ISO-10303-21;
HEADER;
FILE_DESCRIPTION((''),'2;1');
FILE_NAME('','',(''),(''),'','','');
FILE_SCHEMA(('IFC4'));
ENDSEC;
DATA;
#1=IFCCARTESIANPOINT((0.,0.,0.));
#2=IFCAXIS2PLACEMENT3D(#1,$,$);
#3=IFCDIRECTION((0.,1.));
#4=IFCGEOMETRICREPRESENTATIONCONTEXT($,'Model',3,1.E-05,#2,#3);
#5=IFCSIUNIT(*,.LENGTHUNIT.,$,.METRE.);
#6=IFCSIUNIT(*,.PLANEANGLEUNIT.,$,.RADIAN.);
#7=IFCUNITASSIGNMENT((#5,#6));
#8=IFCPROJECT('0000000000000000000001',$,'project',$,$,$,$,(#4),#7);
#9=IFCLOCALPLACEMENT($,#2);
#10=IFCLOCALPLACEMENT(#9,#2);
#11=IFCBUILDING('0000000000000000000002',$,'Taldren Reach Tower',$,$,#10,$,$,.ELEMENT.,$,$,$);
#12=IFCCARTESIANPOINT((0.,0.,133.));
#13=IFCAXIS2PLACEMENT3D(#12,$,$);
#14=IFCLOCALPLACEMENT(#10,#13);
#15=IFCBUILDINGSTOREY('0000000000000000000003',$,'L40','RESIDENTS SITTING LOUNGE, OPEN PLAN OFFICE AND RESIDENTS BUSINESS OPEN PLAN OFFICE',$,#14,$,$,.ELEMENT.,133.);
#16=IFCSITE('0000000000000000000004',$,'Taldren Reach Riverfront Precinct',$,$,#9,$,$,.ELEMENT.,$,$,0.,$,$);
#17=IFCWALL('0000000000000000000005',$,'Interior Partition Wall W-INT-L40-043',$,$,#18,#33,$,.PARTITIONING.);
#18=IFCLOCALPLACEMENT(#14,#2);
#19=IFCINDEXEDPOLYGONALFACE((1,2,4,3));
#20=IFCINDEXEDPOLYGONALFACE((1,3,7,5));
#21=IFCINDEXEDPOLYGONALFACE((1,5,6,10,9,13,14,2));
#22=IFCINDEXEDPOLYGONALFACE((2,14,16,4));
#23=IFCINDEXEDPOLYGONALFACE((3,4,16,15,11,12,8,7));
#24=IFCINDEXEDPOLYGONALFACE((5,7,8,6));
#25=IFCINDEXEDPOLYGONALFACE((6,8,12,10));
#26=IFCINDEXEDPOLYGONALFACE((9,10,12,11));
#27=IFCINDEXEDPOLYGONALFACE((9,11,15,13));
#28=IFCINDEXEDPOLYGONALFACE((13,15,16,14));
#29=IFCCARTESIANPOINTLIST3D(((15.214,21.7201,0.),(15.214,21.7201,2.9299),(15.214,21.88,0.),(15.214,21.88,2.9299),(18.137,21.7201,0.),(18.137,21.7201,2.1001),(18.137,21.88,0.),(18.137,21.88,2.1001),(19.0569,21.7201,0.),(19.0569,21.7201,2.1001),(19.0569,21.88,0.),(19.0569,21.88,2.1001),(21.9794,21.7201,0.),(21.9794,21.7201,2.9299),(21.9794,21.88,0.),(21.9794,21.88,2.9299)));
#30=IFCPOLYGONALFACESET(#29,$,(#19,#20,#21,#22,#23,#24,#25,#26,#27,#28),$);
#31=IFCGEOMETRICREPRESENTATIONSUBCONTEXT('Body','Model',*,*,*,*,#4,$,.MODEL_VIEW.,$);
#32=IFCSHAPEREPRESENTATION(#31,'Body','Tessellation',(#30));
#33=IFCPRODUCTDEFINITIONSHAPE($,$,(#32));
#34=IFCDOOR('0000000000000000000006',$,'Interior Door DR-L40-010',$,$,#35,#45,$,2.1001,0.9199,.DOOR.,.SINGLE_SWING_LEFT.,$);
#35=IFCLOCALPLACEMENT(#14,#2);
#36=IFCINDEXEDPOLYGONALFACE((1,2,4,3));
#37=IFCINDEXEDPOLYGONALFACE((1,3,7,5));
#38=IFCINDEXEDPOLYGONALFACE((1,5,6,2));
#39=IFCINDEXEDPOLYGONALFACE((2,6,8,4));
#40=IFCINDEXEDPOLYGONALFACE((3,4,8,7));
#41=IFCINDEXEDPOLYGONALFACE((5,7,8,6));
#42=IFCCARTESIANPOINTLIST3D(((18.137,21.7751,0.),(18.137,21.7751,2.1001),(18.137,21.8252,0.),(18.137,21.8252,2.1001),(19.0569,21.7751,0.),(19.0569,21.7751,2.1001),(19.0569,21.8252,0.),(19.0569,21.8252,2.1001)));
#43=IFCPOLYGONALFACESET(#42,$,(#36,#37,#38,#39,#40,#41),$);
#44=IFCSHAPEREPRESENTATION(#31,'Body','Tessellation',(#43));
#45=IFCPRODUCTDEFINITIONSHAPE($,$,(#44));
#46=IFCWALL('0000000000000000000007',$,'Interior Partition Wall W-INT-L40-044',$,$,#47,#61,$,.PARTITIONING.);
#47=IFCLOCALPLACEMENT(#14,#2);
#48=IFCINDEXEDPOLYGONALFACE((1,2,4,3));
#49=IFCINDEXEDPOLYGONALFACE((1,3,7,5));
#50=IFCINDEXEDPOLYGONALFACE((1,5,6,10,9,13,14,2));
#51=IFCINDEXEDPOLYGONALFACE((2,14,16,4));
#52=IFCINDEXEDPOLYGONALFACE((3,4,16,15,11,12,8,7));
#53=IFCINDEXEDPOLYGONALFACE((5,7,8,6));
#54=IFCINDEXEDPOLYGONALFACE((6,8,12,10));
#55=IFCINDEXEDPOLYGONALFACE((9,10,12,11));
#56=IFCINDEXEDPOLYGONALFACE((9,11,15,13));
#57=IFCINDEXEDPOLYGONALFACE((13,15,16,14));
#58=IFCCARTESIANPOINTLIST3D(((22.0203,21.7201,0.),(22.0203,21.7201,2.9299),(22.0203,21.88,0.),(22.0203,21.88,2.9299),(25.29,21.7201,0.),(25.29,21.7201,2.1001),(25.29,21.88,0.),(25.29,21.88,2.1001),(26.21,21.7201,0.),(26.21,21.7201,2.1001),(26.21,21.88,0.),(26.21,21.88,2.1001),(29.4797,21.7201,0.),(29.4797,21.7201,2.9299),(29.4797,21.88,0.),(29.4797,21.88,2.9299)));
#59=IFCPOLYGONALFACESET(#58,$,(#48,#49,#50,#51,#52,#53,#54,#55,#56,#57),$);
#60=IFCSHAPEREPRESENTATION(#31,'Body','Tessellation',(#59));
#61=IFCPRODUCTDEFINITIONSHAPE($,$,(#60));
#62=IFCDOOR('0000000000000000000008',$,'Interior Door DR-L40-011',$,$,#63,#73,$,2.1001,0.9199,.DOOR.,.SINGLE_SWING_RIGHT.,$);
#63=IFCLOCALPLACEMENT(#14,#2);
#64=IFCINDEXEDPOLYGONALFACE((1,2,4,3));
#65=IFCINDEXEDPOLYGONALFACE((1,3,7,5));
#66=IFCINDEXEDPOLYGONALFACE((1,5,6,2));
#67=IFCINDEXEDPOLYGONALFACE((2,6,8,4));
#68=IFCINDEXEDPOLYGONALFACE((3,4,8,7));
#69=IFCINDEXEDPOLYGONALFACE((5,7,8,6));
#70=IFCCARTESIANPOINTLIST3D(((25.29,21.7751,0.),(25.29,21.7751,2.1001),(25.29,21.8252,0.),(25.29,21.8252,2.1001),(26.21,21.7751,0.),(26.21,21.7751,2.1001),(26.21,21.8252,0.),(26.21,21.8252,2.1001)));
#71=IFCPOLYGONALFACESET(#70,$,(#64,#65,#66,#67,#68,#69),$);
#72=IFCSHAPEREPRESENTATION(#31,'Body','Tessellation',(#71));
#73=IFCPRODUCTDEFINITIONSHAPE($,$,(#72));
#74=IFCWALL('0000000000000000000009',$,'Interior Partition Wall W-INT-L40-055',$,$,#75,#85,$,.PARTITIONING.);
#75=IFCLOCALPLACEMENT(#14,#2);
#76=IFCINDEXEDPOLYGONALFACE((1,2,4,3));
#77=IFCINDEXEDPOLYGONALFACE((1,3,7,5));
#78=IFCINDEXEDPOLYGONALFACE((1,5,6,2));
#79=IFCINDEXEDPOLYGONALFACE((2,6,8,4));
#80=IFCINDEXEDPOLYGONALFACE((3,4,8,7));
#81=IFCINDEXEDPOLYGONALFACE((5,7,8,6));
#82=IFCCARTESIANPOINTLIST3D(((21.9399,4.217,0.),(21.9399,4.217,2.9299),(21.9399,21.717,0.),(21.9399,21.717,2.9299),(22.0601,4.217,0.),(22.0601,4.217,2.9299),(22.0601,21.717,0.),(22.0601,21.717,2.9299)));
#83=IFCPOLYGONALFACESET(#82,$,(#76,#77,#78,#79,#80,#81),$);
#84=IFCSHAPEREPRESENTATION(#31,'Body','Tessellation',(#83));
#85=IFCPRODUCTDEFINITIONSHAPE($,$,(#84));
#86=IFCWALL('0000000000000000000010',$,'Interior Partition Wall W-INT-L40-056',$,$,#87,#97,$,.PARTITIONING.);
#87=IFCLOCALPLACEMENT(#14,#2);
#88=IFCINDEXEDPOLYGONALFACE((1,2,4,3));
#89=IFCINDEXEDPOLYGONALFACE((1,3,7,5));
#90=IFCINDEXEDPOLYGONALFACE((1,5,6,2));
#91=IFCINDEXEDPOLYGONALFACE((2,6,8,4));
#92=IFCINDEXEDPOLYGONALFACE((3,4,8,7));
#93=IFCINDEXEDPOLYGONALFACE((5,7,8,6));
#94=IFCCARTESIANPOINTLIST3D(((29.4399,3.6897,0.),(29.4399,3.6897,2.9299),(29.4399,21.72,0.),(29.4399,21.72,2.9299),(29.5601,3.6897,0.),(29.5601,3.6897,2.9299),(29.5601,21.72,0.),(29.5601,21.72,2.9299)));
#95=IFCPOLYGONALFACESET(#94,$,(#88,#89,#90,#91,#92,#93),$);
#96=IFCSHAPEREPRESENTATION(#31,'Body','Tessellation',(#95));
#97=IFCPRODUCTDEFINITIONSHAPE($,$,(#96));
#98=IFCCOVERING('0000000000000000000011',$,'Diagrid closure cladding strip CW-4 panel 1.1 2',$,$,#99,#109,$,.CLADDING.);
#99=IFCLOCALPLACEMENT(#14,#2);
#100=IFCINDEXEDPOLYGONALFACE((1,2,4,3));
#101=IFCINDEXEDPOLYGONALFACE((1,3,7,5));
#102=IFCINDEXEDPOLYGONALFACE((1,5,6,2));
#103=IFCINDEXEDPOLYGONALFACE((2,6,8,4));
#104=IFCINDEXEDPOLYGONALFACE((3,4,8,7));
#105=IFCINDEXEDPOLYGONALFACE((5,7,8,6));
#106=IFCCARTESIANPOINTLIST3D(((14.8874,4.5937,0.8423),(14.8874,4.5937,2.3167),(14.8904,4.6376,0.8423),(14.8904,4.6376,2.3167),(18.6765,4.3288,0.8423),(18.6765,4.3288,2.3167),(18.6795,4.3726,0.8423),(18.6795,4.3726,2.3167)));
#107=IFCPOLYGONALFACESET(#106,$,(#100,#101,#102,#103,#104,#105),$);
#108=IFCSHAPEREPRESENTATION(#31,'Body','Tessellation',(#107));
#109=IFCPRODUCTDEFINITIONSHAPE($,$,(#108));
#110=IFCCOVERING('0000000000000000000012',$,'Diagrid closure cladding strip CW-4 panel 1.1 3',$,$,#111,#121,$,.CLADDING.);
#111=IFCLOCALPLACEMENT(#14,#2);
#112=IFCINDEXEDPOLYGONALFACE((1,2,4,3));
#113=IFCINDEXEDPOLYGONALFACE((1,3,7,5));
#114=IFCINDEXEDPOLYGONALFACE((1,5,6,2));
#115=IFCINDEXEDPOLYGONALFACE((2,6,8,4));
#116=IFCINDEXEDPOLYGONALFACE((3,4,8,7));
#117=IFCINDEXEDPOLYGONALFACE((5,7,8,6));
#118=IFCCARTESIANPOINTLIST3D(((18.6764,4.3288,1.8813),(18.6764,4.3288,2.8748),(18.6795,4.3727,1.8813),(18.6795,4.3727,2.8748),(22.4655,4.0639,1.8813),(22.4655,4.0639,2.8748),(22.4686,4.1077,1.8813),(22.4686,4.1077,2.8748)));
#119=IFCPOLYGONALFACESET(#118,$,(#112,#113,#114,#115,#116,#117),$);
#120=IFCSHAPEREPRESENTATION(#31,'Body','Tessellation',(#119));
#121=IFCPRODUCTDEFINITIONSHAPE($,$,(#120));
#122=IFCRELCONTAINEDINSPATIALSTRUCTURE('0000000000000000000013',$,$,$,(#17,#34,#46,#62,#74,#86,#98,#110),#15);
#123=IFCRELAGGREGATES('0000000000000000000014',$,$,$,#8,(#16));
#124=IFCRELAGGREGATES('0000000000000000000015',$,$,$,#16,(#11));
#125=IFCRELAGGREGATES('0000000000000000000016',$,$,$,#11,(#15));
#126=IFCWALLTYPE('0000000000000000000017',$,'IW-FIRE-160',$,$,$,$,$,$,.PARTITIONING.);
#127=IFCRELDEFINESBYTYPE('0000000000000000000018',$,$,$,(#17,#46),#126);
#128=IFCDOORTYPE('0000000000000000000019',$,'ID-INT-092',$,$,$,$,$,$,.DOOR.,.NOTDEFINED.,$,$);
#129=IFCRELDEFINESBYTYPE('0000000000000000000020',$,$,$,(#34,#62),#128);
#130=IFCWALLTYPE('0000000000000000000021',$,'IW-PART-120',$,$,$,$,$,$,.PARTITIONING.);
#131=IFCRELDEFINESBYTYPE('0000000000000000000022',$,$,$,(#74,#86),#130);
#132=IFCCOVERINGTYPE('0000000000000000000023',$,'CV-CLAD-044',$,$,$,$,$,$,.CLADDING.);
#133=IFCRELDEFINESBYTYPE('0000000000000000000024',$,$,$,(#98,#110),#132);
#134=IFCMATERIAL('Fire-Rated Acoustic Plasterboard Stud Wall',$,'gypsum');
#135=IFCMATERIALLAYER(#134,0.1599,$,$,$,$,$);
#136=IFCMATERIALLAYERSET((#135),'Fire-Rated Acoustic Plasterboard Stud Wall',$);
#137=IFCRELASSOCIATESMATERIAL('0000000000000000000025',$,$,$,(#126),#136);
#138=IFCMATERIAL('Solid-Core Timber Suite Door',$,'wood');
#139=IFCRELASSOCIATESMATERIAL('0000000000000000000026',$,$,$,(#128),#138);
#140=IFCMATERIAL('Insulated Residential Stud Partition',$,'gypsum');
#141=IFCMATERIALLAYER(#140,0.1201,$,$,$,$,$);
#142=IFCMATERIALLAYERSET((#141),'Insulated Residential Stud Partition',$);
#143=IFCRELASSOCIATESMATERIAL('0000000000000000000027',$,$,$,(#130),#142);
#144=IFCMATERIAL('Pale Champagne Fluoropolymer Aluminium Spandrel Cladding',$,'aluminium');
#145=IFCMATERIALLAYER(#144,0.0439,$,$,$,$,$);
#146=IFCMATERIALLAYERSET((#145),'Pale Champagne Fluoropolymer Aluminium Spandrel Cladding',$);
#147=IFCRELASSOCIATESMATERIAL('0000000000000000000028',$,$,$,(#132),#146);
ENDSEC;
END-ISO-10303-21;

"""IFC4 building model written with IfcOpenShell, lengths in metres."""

from ifc_helpers import new_model, si_unit, direction, frame, frame_2d, origin, origin_2d, place, context, subcontext, project, spatial, rectangle, extrude, source, transform, mapped, material, layer, layer_set, type_object, element, fill, save


model = new_model("IFC4")

# Units and contexts
model_context = context("Model", 3, precision=1e-05, world=origin(), true_north=direction((0.0, 1.0)))
body_context = subcontext(model_context, "Body", "Model", "MODEL_VIEW")
ifc_project = project(units=[si_unit("LENGTHUNIT", "METRE"), si_unit("PLANEANGLEUNIT", "RADIAN")], contexts=[model_context])

# Site, building, storey
site_placement = place(None, origin())
site = spatial("IfcSite", under=ifc_project, at=site_placement, Name="Taldren Reach Riverfront Precinct", CompositionType="ELEMENT", RefElevation=0.0)
building_placement = place(site_placement, origin())
building = spatial("IfcBuilding", under=site, at=building_placement, Name="Taldren Reach Tower", CompositionType="ELEMENT")
storey_placement = place(building_placement, frame((0.0, 0.0, 133.0)))
storey = spatial("IfcBuildingStorey", under=building, at=storey_placement, Name="L40", Description="RESIDENTS SITTING LOUNGE, OPEN PLAN OFFICE AND RESIDENTS BUSINESS OPEN PLAN OFFICE", CompositionType="ELEMENT", Elevation=133.0)

# Shared definitions
ifc_material_1 = material(Name="Fire-Rated Acoustic Plasterboard Stud Wall", Category="gypsum")
ifc_layer_1 = layer(ifc_material_1, 0.1599)
ifc_layer_set_1 = layer_set([ifc_layer_1], Name="Fire-Rated Acoustic Plasterboard Stud Wall")
wall_type_1 = type_object("IfcWallType", Name="IW-FIRE-160", PredefinedType="PARTITIONING", material=ifc_layer_set_1)

# Walls, openings, doors
shared_shape_1 = source(origin(), body_context, "Body", "SweptSolid", [
    extrude(rectangle(XDim=6.7654, YDim=0.1599, at=frame_2d((3.3828, 0.0))), origin(), (0.0, 0.0, 1.0), 2.9299),
])
wall_1_placement = place(storey_placement, frame((21.9795, 21.8, 0.0), z_axis=(0.0, 0.0, 1.0), x_axis=(-1.0, 0.0, 0.0)))
wall_1 = element("IfcWall", 1, at=wall_1_placement, inside=storey, type_object=wall_type_1, Name="Interior Partition Wall W-INT-L40-043", PredefinedType="PARTITIONING", context=body_context, shape_type="MappedRepresentation", body=[
    mapped(shared_shape_1, transform((0.0, 0.0, 0.0), scale=1.0)),
])
shared_shape_2 = source(origin(), body_context, "Body", "SweptSolid", [
    extrude(rectangle(XDim=0.9199, YDim=2.1001, at=frame_2d((0.46, 1.05))), frame((0.0, 0.0898, 0.0), z_axis=(0.0, -1.0, 0.0), x_axis=(1.0, 0.0, 0.0)), (0.0, 0.0, 1.0), 0.1799),
])
opening_1_placement = place(wall_1_placement, frame((2.9226, 0.0, 0.0)))
opening_1 = element("IfcOpeningElement", 2, at=opening_1_placement, cuts=wall_1, PredefinedType="OPENING", context=body_context, shape_type="MappedRepresentation", body=[
    mapped(shared_shape_2, transform((0.0, 0.0, 0.0), scale=1.0)),
])
ifc_material_2 = material(Name="Solid-Core Timber Suite Door", Category="wood")
door_type_1 = type_object("IfcDoorType", Name="ID-INT-092", OperationType="NOTDEFINED", PredefinedType="DOOR", material=ifc_material_2)
shared_shape_3 = source(origin(), body_context, "Body", "SweptSolid", [
    extrude(rectangle(XDim=0.9199, YDim=2.1001, at=frame_2d((0.46, 1.05))), frame((0.0, 0.0249, 0.0), z_axis=(0.0, -1.0, 0.0), x_axis=(1.0, 0.0, 0.0)), (0.0, 0.0, 1.0), 0.05),
])
door_1_placement = place(opening_1_placement, origin())
door_1 = element("IfcDoor", 3, at=door_1_placement, inside=storey, type_object=door_type_1, Name="Interior Door DR-L40-010", OperationType="SINGLE_SWING_LEFT", OverallHeight=2.1001, OverallWidth=0.9199, PredefinedType="DOOR", context=body_context, shape_type="MappedRepresentation", body=[
    mapped(shared_shape_3, transform((0.0, 0.0, 0.0), scale=1.0)),
])
fill(opening_1, door_1)
shared_shape_4 = source(origin(), body_context, "Body", "SweptSolid", [
    extrude(rectangle(XDim=7.4595, YDim=0.1599, at=frame_2d((3.7297, 0.0))), origin(), (0.0, 0.0, 1.0), 2.9299),
])
wall_2_placement = place(storey_placement, frame((29.4797, 21.8, 0.0), z_axis=(0.0, 0.0, 1.0), x_axis=(-1.0, 0.0, 0.0)))
wall_2 = element("IfcWall", 4, at=wall_2_placement, inside=storey, type_object=wall_type_1, Name="Interior Partition Wall W-INT-L40-044", PredefinedType="PARTITIONING", context=body_context, shape_type="MappedRepresentation", body=[
    mapped(shared_shape_4, transform((0.0, 0.0, 0.0), scale=1.0)),
])
opening_2_placement = place(wall_2_placement, frame((3.2698, 0.0, 0.0)))
opening_2 = element("IfcOpeningElement", 5, at=opening_2_placement, cuts=wall_2, PredefinedType="OPENING", context=body_context, shape_type="MappedRepresentation", body=[
    mapped(shared_shape_2, transform((0.0, 0.0, 0.0), scale=1.0)),
])
door_2_placement = place(opening_2_placement, origin())
door_2 = element("IfcDoor", 6, at=door_2_placement, inside=storey, type_object=door_type_1, Name="Interior Door DR-L40-011", OperationType="SINGLE_SWING_RIGHT", OverallHeight=2.1001, OverallWidth=0.9199, PredefinedType="DOOR", context=body_context, shape_type="MappedRepresentation", body=[
    mapped(shared_shape_3, transform((0.0, 0.0, 0.0), scale=1.0)),
])
fill(opening_2, door_2)

# Walls
ifc_material_3 = material(Name="Insulated Residential Stud Partition", Category="gypsum")
ifc_layer_2 = layer(ifc_material_3, 0.1201)
ifc_layer_set_2 = layer_set([ifc_layer_2], Name="Insulated Residential Stud Partition")
wall_type_2 = type_object("IfcWallType", Name="IW-PART-120", PredefinedType="PARTITIONING", material=ifc_layer_set_2)
shared_shape_5 = source(origin(), body_context, "Body", "SweptSolid", [
    extrude(rectangle(XDim=17.5, YDim=0.1201, at=frame_2d((8.75, 0.0))), origin(), (0.0, 0.0, 1.0), 2.9299),
])
wall_3_placement = place(storey_placement, frame((22.0, 21.717, 0.0), z_axis=(0.0, 0.0, 1.0), x_axis=(0.0, -1.0, 0.0)))
element("IfcWall", 7, at=wall_3_placement, inside=storey, type_object=wall_type_2, Name="Interior Partition Wall W-INT-L40-055", PredefinedType="PARTITIONING", context=body_context, shape_type="MappedRepresentation", body=[
    mapped(shared_shape_5, transform((0.0, 0.0, 0.0), scale=1.0)),
])
shared_shape_6 = source(origin(), body_context, "Body", "SweptSolid", [
    extrude(rectangle(XDim=18.0303, YDim=0.1201, at=frame_2d((9.0151, 0.0))), origin(), (0.0, 0.0, 1.0), 2.9299),
])
wall_4_placement = place(storey_placement, frame((29.5, 21.72, 0.0), z_axis=(0.0, 0.0, 1.0), x_axis=(0.0, -1.0, 0.0)))
element("IfcWall", 8, at=wall_4_placement, inside=storey, type_object=wall_type_2, Name="Interior Partition Wall W-INT-L40-056", PredefinedType="PARTITIONING", context=body_context, shape_type="MappedRepresentation", body=[
    mapped(shared_shape_6, transform((0.0, 0.0, 0.0), scale=1.0)),
])

# Coverings
ifc_material_4 = material(Name="Pale Champagne Fluoropolymer Aluminium Spandrel Cladding", Category="aluminium")
ifc_layer_3 = layer(ifc_material_4, 0.0439)
ifc_layer_set_3 = layer_set([ifc_layer_3], Name="Pale Champagne Fluoropolymer Aluminium Spandrel Cladding")
covering_type = type_object("IfcCoveringType", Name="CV-CLAD-044", PredefinedType="CLADDING", material=ifc_layer_set_3)
shared_shape_7 = source(origin(), body_context, "Body", "SweptSolid", [
    extrude(rectangle(XDim=3.7983, YDim=0.0439, at=origin_2d()), origin(), (0.0, 0.0, 1.0), 1.4744),
])
covering_1_placement = place(storey_placement, frame((16.7834, 4.4832, 0.8423), z_axis=(0.0, 0.0, 1.0), x_axis=(0.997564, -0.069757, 0.0)))
element("IfcCovering", 9, at=covering_1_placement, inside=storey, type_object=covering_type, Name="Diagrid closure cladding strip CW-4 panel 1.1 2", PredefinedType="CLADDING", context=body_context, shape_type="MappedRepresentation", body=[
    mapped(shared_shape_7, transform((0.0, 0.0, 0.0), scale=1.0)),
])
shared_shape_8 = source(origin(), body_context, "Body", "SweptSolid", [
    extrude(rectangle(XDim=3.7983, YDim=0.0439, at=origin_2d()), origin(), (0.0, 0.0, 1.0), 0.9934),
])
covering_2_placement = place(storey_placement, frame((20.5725, 4.2183, 1.8813), z_axis=(0.0, 0.0, 1.0), x_axis=(0.997564, -0.069757, 0.0)))
element("IfcCovering", 10, at=covering_2_placement, inside=storey, type_object=covering_type, Name="Diagrid closure cladding strip CW-4 panel 1.1 3", PredefinedType="CLADDING", context=body_context, shape_type="MappedRepresentation", body=[
    mapped(shared_shape_8, transform((0.0, 0.0, 0.0), scale=1.0)),
])

save(model, "model.ifc")
